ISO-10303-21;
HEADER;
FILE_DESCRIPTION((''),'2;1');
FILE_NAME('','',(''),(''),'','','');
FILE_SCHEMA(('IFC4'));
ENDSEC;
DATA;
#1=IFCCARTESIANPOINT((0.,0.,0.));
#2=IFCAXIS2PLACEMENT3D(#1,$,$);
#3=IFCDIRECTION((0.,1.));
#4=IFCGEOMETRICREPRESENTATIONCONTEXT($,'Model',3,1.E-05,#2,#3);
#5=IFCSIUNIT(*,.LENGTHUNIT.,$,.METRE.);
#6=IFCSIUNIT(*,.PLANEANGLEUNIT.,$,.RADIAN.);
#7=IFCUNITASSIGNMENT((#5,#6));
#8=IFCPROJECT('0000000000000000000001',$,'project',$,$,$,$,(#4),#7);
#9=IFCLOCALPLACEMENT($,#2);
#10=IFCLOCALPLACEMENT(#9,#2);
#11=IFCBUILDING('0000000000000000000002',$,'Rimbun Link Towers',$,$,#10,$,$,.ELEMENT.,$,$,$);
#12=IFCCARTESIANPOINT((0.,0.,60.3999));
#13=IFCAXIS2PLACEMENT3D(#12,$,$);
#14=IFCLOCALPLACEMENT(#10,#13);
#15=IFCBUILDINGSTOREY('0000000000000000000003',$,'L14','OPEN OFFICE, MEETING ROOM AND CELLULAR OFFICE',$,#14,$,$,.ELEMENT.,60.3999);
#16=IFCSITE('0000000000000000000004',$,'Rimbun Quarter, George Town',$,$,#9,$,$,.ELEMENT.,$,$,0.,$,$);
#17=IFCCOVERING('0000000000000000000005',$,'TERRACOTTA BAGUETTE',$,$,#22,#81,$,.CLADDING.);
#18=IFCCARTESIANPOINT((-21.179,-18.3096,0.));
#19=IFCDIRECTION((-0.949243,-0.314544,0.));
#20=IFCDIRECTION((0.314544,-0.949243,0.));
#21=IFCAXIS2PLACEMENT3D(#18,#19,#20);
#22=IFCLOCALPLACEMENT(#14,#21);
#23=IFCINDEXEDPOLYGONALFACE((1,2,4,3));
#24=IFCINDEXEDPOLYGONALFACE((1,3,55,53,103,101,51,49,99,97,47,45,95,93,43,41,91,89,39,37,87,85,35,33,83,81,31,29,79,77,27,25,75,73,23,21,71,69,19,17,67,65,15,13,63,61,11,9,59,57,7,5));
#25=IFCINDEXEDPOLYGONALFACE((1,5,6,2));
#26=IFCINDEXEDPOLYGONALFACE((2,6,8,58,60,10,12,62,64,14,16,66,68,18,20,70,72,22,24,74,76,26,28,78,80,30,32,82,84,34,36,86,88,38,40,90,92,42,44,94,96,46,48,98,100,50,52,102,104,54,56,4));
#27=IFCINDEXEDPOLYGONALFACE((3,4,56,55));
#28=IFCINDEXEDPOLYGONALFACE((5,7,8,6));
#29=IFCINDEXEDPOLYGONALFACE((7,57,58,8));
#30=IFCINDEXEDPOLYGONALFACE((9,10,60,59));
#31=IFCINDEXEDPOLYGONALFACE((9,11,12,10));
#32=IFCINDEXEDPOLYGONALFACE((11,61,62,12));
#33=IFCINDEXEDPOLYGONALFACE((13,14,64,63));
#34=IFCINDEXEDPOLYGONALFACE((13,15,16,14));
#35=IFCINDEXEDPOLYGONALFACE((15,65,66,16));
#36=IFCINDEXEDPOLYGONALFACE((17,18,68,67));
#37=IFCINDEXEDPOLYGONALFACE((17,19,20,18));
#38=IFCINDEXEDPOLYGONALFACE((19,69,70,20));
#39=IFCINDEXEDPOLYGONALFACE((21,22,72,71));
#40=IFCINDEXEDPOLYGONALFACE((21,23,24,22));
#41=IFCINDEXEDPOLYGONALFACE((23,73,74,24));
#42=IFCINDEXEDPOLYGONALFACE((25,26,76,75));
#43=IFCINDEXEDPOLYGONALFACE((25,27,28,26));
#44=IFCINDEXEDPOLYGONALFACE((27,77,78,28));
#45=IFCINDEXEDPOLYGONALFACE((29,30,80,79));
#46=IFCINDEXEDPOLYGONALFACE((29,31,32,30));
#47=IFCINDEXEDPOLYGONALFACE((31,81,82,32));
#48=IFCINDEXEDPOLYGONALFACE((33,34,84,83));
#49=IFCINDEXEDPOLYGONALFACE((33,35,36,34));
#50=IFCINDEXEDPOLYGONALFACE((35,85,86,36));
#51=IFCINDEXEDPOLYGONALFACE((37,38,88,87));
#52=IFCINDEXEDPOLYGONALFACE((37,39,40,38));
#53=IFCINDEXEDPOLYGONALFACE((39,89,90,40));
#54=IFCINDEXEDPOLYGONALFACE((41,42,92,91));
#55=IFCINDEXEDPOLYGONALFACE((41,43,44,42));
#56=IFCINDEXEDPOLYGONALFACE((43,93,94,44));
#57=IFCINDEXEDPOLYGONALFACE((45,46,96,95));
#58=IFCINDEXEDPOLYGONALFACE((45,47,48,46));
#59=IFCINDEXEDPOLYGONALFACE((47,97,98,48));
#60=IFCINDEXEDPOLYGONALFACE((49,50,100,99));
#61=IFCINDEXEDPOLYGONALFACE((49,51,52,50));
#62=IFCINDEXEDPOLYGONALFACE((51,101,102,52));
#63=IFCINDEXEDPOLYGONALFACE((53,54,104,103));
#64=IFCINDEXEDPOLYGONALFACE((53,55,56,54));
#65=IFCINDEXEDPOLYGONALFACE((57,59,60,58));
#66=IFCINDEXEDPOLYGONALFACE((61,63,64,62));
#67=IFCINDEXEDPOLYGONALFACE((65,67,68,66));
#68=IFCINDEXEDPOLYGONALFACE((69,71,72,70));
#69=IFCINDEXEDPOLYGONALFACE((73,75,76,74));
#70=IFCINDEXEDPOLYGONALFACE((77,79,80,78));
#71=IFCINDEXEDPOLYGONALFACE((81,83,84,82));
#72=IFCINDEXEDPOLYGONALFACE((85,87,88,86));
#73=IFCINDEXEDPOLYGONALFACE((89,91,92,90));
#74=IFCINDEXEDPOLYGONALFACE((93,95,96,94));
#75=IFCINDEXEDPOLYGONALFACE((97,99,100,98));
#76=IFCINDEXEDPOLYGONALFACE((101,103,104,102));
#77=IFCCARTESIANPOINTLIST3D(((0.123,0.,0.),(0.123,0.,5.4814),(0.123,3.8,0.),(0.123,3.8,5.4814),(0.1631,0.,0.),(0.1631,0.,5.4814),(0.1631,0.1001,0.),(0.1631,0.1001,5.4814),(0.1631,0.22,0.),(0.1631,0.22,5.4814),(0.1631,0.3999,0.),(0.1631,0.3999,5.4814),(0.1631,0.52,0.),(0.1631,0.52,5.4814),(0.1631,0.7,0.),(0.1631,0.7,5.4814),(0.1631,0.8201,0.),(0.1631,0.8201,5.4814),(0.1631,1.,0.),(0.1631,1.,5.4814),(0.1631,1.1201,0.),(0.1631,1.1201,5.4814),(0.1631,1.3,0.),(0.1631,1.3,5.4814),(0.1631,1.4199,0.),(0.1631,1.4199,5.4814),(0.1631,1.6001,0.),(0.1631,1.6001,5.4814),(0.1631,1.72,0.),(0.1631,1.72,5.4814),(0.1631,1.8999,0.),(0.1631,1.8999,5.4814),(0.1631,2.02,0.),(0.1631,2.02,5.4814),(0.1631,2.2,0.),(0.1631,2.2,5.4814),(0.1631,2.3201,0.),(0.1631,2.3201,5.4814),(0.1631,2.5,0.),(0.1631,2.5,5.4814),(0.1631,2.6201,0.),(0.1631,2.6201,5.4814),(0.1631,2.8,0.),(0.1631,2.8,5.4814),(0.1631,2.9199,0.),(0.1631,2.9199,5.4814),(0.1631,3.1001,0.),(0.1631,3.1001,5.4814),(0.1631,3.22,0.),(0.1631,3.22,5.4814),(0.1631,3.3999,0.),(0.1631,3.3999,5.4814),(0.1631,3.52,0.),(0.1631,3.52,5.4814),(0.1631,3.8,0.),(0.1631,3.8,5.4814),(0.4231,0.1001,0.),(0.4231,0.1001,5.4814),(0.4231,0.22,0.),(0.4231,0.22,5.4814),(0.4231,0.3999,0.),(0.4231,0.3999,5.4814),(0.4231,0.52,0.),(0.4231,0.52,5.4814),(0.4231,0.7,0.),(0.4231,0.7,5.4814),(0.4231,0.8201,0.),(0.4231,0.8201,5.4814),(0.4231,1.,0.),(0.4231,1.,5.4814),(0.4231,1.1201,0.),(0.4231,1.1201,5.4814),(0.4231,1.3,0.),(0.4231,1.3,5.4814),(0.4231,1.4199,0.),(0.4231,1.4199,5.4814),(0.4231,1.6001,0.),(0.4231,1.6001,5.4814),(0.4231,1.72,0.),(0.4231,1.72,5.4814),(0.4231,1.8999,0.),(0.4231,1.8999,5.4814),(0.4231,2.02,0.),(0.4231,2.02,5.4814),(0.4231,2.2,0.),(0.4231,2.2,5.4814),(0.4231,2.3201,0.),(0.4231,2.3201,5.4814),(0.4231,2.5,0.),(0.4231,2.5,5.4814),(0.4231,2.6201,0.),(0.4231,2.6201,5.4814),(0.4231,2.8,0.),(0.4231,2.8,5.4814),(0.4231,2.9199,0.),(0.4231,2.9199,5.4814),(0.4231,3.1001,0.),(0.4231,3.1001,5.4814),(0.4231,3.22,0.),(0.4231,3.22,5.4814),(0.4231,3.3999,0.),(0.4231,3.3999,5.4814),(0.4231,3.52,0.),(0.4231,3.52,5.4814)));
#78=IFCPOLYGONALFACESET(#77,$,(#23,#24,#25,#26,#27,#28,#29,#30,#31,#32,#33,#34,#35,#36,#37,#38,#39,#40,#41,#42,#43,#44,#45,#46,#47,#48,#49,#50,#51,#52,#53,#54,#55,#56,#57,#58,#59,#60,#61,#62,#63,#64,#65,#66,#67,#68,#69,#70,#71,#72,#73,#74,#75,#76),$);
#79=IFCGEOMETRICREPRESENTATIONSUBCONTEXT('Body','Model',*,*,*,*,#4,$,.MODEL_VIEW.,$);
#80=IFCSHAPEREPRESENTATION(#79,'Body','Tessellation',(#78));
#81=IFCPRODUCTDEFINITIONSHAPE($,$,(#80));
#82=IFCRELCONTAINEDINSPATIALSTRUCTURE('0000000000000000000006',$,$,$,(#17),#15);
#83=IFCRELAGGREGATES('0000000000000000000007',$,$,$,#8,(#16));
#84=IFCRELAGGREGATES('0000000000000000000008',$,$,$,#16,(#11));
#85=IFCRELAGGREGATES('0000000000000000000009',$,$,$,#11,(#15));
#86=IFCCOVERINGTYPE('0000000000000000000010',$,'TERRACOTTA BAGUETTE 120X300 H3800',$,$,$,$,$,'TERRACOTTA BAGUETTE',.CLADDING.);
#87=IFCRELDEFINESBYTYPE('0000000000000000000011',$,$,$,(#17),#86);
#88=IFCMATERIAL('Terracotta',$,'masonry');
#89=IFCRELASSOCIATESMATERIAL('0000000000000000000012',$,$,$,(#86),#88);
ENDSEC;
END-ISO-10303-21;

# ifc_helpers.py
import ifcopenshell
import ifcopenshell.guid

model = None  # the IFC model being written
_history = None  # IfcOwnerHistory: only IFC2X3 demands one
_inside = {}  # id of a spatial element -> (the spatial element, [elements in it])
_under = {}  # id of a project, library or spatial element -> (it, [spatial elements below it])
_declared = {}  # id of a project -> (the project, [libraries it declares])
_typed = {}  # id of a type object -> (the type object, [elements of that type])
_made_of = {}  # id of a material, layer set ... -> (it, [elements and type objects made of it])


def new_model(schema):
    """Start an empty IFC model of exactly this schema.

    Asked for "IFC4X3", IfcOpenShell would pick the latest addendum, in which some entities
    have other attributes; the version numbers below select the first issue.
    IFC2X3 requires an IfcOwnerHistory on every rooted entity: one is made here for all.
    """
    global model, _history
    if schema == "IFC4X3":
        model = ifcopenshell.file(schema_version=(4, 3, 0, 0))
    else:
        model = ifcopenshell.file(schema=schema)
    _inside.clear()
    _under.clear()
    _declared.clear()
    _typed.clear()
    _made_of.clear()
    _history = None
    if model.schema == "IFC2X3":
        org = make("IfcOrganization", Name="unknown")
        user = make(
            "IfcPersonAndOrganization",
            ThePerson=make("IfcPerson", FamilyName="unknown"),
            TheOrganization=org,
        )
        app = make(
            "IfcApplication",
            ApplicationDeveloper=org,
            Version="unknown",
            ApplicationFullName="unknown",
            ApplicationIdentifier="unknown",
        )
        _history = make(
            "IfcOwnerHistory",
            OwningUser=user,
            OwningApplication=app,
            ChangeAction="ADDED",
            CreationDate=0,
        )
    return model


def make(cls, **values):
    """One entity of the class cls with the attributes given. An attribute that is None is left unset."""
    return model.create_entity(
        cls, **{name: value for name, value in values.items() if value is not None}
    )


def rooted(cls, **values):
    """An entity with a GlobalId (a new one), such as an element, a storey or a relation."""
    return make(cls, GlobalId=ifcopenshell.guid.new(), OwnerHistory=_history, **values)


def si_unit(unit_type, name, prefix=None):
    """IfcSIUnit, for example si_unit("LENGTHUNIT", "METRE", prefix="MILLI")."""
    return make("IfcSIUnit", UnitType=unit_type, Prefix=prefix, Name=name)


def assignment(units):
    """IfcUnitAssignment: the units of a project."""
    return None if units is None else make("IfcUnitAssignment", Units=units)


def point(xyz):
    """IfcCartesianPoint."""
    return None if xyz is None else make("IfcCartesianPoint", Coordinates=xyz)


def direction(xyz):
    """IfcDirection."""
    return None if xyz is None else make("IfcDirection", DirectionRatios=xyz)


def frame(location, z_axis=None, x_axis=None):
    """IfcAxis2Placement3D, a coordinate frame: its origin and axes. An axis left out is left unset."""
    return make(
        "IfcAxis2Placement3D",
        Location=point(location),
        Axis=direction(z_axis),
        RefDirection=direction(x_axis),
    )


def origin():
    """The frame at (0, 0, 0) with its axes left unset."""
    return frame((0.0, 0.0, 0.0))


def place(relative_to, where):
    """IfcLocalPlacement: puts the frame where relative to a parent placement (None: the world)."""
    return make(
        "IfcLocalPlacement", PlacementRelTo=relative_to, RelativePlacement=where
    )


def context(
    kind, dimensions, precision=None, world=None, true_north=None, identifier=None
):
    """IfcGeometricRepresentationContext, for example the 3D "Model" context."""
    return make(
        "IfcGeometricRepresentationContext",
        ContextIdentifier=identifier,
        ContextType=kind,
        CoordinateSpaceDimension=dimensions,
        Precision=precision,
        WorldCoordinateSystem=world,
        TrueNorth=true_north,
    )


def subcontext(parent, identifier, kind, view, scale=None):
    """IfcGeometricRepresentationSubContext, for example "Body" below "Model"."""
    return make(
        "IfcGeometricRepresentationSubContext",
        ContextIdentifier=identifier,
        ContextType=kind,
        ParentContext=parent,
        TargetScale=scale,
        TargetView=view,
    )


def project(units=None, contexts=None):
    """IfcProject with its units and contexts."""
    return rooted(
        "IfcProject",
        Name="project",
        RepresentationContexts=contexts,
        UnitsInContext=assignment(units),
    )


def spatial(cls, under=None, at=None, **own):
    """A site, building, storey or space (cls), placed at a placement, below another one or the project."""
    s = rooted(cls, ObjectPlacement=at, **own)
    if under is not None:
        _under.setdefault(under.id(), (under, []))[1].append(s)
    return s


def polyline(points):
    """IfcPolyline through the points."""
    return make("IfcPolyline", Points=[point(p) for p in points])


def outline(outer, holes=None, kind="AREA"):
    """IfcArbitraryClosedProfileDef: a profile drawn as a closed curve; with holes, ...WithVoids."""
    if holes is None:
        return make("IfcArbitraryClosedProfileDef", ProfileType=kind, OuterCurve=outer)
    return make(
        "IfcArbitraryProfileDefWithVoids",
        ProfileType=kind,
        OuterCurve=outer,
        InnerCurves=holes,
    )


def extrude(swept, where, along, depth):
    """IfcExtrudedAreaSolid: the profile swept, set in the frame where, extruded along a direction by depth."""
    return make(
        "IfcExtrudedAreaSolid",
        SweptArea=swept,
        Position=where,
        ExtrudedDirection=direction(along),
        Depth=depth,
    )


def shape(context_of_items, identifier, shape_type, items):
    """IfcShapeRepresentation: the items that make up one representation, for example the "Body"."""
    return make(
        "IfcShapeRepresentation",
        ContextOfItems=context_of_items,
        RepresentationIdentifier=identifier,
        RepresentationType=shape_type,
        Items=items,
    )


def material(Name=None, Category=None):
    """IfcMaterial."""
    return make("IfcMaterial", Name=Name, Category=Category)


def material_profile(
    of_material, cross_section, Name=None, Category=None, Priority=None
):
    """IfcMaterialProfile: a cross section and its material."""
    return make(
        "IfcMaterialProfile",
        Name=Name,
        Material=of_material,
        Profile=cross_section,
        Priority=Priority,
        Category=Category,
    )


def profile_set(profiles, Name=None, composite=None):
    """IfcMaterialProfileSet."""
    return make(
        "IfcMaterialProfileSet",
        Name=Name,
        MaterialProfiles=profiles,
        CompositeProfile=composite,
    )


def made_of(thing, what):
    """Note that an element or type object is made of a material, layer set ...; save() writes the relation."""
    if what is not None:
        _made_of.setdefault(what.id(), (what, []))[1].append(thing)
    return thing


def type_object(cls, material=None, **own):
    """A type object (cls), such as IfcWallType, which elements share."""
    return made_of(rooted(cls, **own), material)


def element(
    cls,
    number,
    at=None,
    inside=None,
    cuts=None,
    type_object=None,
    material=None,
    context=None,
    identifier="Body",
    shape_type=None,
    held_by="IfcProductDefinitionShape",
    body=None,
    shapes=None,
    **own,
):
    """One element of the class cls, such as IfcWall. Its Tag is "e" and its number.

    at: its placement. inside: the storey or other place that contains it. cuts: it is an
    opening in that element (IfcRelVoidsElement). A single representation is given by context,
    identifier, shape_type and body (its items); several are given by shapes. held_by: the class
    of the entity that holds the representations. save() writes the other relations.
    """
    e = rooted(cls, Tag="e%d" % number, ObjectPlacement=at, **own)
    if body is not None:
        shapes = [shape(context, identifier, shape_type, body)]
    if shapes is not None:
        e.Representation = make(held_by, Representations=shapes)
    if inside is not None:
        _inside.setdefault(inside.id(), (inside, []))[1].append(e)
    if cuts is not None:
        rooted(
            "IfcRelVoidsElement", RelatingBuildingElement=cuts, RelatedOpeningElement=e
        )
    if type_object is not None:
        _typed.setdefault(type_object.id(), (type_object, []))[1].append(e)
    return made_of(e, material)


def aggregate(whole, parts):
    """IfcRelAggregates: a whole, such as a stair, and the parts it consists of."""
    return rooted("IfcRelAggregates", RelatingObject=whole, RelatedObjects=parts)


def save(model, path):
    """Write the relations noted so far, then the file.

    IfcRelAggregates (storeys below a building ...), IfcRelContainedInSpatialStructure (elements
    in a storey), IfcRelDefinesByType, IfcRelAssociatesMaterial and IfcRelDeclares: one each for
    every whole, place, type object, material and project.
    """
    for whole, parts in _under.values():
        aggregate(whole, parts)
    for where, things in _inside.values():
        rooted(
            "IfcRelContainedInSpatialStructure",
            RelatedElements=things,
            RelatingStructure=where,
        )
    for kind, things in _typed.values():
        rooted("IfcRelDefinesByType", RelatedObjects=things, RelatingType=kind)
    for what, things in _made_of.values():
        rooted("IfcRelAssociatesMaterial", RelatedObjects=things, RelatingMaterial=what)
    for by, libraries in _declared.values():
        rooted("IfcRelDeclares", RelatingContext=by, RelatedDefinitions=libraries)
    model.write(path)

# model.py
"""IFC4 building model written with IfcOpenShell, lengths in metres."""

from ifc_helpers import new_model, si_unit, direction, frame, origin, place, context, subcontext, project, spatial, polyline, outline, extrude, material, material_profile, profile_set, type_object, element, save


model = new_model("IFC4")

# Units and contexts
model_context = context("Model", 3, precision=1e-05, world=origin(), true_north=direction((0.0, 1.0)))
body_context = subcontext(model_context, "Body", "Model", "MODEL_VIEW")
ifc_project = project(units=[si_unit("LENGTHUNIT", "METRE"), si_unit("PLANEANGLEUNIT", "RADIAN")], contexts=[model_context])

# Site, building, storey
site_placement = place(None, origin())
site = spatial("IfcSite", under=ifc_project, at=site_placement, Name="Rimbun Quarter, George Town", CompositionType="ELEMENT", RefElevation=0.0)
building_placement = place(site_placement, origin())
building = spatial("IfcBuilding", under=site, at=building_placement, Name="Rimbun Link Towers", CompositionType="ELEMENT")
storey_placement = place(building_placement, frame((0.0, 0.0, 60.3999)))
storey = spatial("IfcBuildingStorey", under=building, at=storey_placement, Name="L14", Description="OPEN OFFICE, MEETING ROOM AND CELLULAR OFFICE", CompositionType="ELEMENT", Elevation=60.3999)

# Covering
ifc_material_1 = material(Name="Terracotta", Category="masonry")
ifc_material_profile_1 = material_profile(ifc_material_1, outline(polyline([(0.123, 0.0), (0.1631, 0.0), (0.1631, 0.1001), (0.4231, 0.1001), (0.4231, 0.22), (0.1631, 0.22), (0.1631, 0.3999), (0.4231, 0.3999), (0.4231, 0.52), (0.1631, 0.52), (0.1631, 0.7), (0.4231, 0.7), (0.4231, 0.8201), (0.1631, 0.8201), (0.1631, 1.0), (0.4231, 1.0), (0.4231, 1.1201), (0.1631, 1.1201), (0.1631, 1.3), (0.4231, 1.3), (0.4231, 1.4199), (0.1631, 1.4199), (0.1631, 1.6001), (0.4231, 1.6001), (0.4231, 1.72), (0.1631, 1.72), (0.1631, 1.8999), (0.4231, 1.8999), (0.4231, 2.02), (0.1631, 2.02), (0.1631, 2.2), (0.4231, 2.2), (0.4231, 2.3201), (0.1631, 2.3201), (0.1631, 2.5), (0.4231, 2.5), (0.4231, 2.6201), (0.1631, 2.6201), (0.1631, 2.8), (0.4231, 2.8), (0.4231, 2.9199), (0.1631, 2.9199), (0.1631, 3.1001), (0.4231, 3.1001), (0.4231, 3.22), (0.1631, 3.22), (0.1631, 3.3999), (0.4231, 3.3999), (0.4231, 3.52), (0.1631, 3.52), (0.1631, 3.8), (0.123, 3.8), (0.123, 0.0)])), Name="BAGUETTE 120X300")
ifc_profile_set_1 = profile_set([ifc_material_profile_1], Name="Terracotta")
covering_type = type_object("IfcCoveringType", Name="TERRACOTTA BAGUETTE 120X300 H3800", ElementType="TERRACOTTA BAGUETTE", PredefinedType="CLADDING", material=ifc_profile_set_1)
covering_1_placement = place(storey_placement, frame((-21.179, -18.3096, 0.0), z_axis=(-0.949243, -0.314544, 0.0), x_axis=(0.314544, -0.949243, 0.0)))
element("IfcCovering", 1, at=covering_1_placement, inside=storey, type_object=covering_type, Name="TERRACOTTA BAGUETTE", PredefinedType="CLADDING", context=body_context, shape_type="SweptSolid", body=[
    extrude(outline(polyline([(0.123, 0.0), (0.1631, 0.0), (0.1631, 0.1001), (0.4231, 0.1001), (0.4231, 0.22), (0.1631, 0.22), (0.1631, 0.3999), (0.4231, 0.3999), (0.4231, 0.52), (0.1631, 0.52), (0.1631, 0.7), (0.4231, 0.7), (0.4231, 0.8201), (0.1631, 0.8201), (0.1631, 1.0), (0.4231, 1.0), (0.4231, 1.1201), (0.1631, 1.1201), (0.1631, 1.3), (0.4231, 1.3), (0.4231, 1.4199), (0.1631, 1.4199), (0.1631, 1.6001), (0.4231, 1.6001), (0.4231, 1.72), (0.1631, 1.72), (0.1631, 1.8999), (0.4231, 1.8999), (0.4231, 2.02), (0.1631, 2.02), (0.1631, 2.2), (0.4231, 2.2), (0.4231, 2.3201), (0.1631, 2.3201), (0.1631, 2.5), (0.4231, 2.5), (0.4231, 2.6201), (0.1631, 2.6201), (0.1631, 2.8), (0.4231, 2.8), (0.4231, 2.9199), (0.1631, 2.9199), (0.1631, 3.1001), (0.4231, 3.1001), (0.4231, 3.22), (0.1631, 3.22), (0.1631, 3.3999), (0.4231, 3.3999), (0.4231, 3.52), (0.1631, 3.52), (0.1631, 3.8), (0.123, 3.8), (0.123, 0.0)])), origin(), (0.0, 0.0, 1.0), 5.4814),
])

save(model, "model.ifc")
